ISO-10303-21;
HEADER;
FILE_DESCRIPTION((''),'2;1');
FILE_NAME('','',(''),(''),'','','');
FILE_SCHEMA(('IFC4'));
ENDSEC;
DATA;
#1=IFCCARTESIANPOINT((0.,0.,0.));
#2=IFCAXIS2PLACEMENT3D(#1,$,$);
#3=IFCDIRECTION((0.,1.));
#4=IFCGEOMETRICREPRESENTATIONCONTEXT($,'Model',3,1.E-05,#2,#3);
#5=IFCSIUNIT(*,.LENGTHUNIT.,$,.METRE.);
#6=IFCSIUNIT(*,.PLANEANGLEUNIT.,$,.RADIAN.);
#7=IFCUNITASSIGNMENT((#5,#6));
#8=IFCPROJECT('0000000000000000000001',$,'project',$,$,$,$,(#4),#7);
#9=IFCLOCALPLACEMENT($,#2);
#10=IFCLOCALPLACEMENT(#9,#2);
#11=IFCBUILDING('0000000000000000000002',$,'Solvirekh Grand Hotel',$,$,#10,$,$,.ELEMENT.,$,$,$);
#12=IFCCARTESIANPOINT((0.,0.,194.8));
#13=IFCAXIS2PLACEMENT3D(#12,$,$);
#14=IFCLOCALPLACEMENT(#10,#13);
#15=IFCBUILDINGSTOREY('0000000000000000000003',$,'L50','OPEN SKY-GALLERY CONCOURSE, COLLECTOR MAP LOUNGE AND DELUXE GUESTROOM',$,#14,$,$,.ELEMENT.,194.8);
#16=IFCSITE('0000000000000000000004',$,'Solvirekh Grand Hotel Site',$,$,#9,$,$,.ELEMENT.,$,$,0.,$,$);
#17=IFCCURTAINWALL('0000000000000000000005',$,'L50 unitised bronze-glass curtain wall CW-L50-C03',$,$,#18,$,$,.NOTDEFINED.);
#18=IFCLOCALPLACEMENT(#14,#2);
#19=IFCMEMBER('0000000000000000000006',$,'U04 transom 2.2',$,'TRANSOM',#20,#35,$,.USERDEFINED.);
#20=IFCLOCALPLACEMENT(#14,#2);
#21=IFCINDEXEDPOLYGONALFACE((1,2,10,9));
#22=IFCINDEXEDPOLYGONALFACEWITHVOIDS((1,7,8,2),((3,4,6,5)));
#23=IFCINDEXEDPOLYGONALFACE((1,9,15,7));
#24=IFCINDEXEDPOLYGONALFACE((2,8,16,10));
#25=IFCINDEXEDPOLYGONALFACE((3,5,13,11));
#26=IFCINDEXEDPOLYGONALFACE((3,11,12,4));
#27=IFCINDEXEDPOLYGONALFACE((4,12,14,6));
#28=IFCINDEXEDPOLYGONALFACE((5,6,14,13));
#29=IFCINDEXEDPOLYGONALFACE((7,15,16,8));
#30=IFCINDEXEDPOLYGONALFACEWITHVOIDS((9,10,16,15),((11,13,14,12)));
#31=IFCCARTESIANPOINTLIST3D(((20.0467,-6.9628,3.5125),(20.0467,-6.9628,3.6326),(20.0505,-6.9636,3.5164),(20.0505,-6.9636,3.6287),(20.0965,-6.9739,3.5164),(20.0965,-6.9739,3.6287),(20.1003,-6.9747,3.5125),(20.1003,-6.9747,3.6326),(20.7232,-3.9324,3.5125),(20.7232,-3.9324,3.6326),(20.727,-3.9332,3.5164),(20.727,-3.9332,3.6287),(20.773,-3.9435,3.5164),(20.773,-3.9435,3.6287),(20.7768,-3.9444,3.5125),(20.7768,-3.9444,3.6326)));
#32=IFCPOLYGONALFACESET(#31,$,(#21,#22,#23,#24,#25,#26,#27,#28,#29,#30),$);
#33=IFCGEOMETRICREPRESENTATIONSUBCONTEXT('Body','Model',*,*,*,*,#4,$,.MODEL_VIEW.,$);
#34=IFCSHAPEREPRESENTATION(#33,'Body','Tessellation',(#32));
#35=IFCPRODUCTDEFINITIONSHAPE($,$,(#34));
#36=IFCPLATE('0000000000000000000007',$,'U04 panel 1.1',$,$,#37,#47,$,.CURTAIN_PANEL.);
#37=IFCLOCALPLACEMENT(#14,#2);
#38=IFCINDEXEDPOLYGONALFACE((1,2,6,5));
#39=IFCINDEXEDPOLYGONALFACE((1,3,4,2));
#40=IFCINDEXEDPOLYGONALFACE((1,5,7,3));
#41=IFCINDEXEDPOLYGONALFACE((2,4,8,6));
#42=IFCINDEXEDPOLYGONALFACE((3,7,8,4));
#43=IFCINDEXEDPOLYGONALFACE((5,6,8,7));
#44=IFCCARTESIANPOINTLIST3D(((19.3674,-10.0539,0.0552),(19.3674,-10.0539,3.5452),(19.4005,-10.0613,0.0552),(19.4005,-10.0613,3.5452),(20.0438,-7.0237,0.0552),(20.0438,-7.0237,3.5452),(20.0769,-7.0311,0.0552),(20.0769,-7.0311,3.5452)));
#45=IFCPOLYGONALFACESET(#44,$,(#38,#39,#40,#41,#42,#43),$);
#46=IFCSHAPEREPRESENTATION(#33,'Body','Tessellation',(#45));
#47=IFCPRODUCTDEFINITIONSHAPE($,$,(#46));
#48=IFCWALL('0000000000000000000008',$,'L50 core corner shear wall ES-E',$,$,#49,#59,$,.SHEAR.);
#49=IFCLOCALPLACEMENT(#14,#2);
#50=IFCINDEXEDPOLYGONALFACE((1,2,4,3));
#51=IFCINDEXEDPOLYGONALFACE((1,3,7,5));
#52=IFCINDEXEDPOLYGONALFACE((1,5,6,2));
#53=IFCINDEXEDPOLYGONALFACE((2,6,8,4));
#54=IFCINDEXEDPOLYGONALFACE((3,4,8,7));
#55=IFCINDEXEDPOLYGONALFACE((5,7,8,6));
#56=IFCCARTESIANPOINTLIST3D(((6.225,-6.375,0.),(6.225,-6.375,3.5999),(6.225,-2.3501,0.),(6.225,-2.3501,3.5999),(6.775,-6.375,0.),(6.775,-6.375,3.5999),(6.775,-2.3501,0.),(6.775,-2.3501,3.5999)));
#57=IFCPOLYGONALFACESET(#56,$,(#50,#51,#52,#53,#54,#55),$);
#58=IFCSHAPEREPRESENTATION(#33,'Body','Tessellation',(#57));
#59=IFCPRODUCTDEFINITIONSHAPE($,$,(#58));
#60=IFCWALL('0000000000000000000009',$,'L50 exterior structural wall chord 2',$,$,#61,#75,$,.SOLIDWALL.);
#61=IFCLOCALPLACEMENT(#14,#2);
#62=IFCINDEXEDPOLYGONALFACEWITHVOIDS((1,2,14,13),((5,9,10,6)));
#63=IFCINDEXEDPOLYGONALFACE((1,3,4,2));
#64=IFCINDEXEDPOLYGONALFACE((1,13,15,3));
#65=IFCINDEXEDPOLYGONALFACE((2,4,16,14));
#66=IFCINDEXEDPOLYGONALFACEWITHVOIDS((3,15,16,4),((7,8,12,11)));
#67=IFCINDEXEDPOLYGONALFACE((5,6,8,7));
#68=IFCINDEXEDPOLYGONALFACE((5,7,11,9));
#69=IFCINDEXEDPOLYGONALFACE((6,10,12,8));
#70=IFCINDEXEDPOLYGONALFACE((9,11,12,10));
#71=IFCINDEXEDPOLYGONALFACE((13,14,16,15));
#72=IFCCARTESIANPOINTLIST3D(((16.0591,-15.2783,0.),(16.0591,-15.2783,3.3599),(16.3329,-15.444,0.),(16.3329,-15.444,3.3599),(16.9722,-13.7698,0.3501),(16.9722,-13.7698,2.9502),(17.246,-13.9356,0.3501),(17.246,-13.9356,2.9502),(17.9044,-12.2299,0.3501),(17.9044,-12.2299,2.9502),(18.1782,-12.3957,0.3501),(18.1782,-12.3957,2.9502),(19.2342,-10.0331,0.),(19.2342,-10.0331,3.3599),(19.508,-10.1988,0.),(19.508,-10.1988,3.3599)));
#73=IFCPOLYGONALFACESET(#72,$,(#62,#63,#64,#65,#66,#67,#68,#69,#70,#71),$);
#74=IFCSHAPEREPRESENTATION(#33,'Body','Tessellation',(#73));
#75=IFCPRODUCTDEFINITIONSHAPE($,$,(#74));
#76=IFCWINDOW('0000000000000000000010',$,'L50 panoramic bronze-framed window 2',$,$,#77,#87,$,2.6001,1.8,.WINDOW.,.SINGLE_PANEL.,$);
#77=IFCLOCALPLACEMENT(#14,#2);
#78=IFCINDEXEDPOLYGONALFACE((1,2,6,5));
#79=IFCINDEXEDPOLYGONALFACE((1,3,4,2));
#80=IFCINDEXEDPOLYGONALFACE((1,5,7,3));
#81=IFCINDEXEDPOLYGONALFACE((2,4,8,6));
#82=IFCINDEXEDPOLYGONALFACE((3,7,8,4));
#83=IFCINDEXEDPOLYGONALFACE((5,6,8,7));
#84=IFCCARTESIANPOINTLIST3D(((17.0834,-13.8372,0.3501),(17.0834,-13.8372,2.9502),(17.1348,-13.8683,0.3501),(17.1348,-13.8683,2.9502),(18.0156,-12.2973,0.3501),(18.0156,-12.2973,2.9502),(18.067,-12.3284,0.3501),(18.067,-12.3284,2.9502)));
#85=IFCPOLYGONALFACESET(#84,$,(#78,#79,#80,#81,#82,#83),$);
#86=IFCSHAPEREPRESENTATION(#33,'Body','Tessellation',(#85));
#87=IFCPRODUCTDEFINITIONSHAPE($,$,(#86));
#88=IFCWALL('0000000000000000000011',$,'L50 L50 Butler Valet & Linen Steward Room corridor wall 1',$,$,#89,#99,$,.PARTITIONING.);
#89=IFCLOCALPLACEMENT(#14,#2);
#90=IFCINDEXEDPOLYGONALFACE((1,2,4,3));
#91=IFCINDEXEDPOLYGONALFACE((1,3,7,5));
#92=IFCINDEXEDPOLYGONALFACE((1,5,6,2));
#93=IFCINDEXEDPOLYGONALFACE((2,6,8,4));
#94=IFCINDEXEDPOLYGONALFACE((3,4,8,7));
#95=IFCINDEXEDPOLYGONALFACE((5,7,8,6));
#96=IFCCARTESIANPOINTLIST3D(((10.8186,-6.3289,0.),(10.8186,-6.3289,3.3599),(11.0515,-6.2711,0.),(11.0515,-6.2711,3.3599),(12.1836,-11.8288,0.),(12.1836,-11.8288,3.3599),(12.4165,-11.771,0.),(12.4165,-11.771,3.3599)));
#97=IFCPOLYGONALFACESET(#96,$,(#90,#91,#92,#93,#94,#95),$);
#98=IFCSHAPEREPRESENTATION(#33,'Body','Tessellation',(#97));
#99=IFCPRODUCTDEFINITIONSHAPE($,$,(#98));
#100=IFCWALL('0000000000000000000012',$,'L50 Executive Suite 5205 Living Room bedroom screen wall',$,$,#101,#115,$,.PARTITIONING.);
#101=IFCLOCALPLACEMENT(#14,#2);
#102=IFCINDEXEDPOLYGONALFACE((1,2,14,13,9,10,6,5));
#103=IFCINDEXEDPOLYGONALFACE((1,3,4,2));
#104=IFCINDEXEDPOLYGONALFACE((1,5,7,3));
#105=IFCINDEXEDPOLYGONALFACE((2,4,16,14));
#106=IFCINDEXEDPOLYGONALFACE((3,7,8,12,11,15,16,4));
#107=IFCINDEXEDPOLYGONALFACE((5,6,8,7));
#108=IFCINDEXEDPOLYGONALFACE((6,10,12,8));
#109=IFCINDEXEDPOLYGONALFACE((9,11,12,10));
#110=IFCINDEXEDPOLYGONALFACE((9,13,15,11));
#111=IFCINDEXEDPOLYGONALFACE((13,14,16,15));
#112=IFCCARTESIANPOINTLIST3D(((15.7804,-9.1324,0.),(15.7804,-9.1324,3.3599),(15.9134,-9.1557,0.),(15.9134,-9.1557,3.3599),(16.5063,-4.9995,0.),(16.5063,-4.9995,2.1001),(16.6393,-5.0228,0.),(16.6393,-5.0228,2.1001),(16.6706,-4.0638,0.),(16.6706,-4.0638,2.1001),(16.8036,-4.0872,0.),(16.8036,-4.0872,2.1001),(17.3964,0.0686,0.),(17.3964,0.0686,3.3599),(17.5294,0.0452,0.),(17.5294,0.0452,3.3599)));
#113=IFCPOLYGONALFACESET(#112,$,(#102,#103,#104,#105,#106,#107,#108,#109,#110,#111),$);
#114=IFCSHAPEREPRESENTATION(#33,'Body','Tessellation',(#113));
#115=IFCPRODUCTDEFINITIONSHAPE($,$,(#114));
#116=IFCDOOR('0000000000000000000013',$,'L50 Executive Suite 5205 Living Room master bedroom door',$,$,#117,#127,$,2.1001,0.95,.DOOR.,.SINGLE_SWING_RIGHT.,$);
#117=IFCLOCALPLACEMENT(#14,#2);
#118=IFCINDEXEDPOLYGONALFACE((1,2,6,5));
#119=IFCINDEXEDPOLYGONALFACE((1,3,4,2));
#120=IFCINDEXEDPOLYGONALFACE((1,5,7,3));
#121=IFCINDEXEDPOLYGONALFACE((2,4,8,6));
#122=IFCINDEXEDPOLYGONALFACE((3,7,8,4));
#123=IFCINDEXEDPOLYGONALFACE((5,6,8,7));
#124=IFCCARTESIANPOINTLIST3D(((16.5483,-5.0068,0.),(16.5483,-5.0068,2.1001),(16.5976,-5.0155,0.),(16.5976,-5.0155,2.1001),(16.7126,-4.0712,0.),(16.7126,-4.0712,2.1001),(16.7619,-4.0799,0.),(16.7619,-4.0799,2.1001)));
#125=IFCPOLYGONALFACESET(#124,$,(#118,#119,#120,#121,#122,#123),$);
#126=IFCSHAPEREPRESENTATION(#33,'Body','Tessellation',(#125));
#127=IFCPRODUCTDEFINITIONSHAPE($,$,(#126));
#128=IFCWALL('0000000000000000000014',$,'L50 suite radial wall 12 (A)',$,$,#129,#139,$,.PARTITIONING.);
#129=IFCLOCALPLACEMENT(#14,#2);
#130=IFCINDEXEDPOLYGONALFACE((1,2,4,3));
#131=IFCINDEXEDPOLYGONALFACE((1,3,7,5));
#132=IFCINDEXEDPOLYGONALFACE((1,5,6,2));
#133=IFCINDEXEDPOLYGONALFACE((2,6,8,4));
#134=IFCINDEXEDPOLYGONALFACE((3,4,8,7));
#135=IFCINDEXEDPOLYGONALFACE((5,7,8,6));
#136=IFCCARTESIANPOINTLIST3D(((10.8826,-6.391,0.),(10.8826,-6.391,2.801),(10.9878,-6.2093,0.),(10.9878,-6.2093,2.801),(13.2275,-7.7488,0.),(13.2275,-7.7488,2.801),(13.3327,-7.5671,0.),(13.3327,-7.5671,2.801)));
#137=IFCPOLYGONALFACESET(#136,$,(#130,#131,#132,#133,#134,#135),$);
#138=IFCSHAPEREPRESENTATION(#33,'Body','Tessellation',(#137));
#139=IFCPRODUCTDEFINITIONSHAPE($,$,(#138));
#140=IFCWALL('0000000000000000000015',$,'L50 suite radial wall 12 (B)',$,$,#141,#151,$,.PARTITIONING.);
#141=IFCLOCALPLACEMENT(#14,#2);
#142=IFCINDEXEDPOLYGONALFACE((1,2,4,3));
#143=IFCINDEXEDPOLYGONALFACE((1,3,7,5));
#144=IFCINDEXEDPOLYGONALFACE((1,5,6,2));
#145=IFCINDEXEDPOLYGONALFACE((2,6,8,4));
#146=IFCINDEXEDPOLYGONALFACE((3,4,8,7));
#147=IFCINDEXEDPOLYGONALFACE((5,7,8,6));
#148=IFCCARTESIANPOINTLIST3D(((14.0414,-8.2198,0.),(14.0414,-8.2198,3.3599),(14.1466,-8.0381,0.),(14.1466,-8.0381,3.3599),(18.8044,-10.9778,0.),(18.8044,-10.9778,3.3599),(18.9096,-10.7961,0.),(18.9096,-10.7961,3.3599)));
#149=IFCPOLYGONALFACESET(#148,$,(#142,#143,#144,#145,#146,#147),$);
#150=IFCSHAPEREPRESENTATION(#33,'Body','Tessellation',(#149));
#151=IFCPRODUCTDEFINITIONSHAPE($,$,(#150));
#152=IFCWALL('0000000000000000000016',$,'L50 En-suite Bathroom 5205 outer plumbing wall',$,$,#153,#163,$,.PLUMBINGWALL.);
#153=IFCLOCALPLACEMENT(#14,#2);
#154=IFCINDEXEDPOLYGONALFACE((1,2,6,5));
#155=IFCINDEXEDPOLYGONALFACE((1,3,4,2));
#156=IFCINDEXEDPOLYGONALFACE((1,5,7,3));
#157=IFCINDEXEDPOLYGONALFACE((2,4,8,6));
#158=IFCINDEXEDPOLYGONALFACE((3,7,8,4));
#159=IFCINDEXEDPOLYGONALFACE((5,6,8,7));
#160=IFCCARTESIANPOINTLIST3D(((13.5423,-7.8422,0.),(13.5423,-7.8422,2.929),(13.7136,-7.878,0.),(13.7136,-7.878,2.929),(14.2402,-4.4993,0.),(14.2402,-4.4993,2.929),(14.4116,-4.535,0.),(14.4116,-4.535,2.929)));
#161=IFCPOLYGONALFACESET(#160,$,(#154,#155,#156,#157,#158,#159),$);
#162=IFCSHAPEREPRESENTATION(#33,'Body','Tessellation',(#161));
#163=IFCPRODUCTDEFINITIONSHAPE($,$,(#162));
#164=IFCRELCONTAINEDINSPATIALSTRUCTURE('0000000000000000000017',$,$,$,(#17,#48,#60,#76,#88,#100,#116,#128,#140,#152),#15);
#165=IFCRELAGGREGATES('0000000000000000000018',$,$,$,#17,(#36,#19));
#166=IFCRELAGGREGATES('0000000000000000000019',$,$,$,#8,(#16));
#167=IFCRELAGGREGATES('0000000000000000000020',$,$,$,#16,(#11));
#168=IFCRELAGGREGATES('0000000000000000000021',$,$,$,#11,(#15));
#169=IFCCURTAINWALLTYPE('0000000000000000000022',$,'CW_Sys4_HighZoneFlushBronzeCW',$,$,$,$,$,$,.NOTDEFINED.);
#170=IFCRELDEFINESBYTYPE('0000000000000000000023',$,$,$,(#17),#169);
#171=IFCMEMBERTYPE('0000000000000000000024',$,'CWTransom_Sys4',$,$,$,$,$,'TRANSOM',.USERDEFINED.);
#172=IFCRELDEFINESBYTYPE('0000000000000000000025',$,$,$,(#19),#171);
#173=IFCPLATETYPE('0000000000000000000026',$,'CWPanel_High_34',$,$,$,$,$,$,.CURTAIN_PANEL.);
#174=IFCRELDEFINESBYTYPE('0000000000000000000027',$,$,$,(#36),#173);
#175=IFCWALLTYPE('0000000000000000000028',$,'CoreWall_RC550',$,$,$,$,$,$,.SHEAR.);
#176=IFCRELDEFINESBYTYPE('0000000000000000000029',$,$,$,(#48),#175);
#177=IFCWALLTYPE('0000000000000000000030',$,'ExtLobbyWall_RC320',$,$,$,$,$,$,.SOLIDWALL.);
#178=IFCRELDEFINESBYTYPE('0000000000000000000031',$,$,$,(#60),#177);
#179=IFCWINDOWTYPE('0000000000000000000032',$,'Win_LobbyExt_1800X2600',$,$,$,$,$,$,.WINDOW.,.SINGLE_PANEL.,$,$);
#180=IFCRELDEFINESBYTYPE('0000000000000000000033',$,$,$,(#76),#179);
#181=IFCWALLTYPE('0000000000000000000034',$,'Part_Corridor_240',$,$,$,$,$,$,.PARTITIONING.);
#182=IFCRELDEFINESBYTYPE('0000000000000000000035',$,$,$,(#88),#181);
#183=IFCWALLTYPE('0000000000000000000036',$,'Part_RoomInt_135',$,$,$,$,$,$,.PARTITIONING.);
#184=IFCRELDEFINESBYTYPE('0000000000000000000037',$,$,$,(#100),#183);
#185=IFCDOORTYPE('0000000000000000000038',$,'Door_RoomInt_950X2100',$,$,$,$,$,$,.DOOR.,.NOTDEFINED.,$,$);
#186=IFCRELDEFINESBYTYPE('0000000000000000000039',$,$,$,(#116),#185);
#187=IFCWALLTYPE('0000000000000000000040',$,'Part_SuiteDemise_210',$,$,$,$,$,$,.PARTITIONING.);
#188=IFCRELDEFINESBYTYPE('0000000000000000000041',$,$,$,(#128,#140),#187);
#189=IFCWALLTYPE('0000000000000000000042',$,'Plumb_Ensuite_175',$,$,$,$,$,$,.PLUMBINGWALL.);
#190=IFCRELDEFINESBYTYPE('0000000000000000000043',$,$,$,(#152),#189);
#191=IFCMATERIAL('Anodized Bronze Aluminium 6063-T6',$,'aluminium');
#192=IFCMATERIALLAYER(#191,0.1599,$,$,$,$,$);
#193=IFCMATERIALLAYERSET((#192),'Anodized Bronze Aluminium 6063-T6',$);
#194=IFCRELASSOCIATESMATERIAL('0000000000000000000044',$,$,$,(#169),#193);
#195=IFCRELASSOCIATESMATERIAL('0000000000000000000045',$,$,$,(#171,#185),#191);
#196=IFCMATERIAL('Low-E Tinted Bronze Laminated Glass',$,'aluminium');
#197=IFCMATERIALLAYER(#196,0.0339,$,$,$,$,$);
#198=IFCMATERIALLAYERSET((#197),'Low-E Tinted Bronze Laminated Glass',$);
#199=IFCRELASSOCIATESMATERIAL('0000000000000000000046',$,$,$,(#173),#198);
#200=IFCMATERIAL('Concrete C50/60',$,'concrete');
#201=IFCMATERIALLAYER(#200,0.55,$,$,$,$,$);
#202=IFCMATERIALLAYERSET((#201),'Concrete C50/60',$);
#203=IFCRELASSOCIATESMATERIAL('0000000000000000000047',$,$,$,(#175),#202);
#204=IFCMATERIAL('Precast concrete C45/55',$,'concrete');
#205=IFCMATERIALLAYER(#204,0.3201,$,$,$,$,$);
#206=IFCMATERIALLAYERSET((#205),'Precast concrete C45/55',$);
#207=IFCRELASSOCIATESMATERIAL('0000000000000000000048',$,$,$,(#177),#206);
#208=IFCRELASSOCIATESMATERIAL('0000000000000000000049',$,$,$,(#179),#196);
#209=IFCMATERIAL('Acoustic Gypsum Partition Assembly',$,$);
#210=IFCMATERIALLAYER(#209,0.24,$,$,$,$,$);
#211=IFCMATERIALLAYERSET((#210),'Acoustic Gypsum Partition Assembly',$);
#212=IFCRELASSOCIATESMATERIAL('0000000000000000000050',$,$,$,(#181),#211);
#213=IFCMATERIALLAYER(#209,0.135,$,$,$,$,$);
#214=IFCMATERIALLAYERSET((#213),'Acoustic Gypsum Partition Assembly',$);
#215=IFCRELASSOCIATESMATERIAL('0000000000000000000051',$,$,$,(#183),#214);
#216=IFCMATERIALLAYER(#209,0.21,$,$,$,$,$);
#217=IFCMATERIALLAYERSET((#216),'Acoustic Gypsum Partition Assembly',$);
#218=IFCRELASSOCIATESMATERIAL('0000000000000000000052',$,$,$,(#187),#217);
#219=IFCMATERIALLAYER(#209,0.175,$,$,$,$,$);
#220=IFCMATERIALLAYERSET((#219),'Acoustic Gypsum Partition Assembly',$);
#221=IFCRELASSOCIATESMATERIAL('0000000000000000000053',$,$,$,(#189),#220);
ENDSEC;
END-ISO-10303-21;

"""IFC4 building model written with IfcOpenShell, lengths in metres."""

from ifc_helpers import new_model, si_unit, direction, frame, frame_2d, origin, origin_2d, place, context, subcontext, project, spatial, rectangle, hollow_rectangle, extrude, source, transform, mapped, material, layer, layer_set, material_profile, profile_set, type_object, element, fill, aggregate, save


model = new_model("IFC4")

# Units and contexts
model_context = context("Model", 3, precision=1e-05, world=origin(), true_north=direction((0.0, 1.0)))
body_context = subcontext(model_context, "Body", "Model", "MODEL_VIEW")
ifc_project = project(units=[si_unit("LENGTHUNIT", "METRE"), si_unit("PLANEANGLEUNIT", "RADIAN")], contexts=[model_context])

# Site, building, storey
site_placement = place(None, origin())
site = spatial("IfcSite", under=ifc_project, at=site_placement, Name="Solvirekh Grand Hotel Site", CompositionType="ELEMENT", RefElevation=0.0)
building_placement = place(site_placement, origin())
building = spatial("IfcBuilding", under=site, at=building_placement, Name="Solvirekh Grand Hotel", CompositionType="ELEMENT")
storey_placement = place(building_placement, frame((0.0, 0.0, 194.8)))
storey = spatial("IfcBuildingStorey", under=building, at=storey_placement, Name="L50", Description="OPEN SKY-GALLERY CONCOURSE, COLLECTOR MAP LOUNGE AND DELUXE GUESTROOM", CompositionType="ELEMENT", Elevation=194.8)

# Shared definitions
ifc_material_1 = material(Name="Concrete C50/60", Category="concrete")

# Curtain wall, member, plate
ifc_material_2 = material(Name="Anodized Bronze Aluminium 6063-T6", Category="aluminium")
ifc_layer_1 = layer(ifc_material_2, 0.1599)
ifc_layer_set_1 = layer_set([ifc_layer_1], Name="Anodized Bronze Aluminium 6063-T6")
curtain_wall_type = type_object("IfcCurtainWallType", Name="CW_Sys4_HighZoneFlushBronzeCW", PredefinedType="NOTDEFINED", material=ifc_layer_set_1)
curtain_wall_placement = place(storey_placement, origin())
curtain_wall = element("IfcCurtainWall", 1, at=curtain_wall_placement, inside=storey, type_object=curtain_wall_type, Name="L50 unitised bronze-glass curtain wall CW-L50-C03", PredefinedType="NOTDEFINED")
ifc_material_profile_1 = material_profile(ifc_material_2, hollow_rectangle(XDim=0.0549, YDim=0.1201, WallThickness=0.0039, at=origin_2d()), Name="ALU RHS 120X55X4")
ifc_profile_set_1 = profile_set([ifc_material_profile_1], Name="Anodized Bronze Aluminium 6063-T6")
member_type_1 = type_object("IfcMemberType", Name="CWTransom_Sys4", ElementType="TRANSOM", PredefinedType="USERDEFINED", material=ifc_profile_set_1)
shared_shape_1 = source(origin(), body_context, "Body", "SweptSolid", [
    extrude(hollow_rectangle(XDim=0.0549, YDim=0.1201, WallThickness=0.0039, at=origin_2d()), origin(), (0.0, 0.0, 1.0), 3.105),
])
member_1_placement = place(storey_placement, frame((20.0735, -6.9688, 3.5725), z_axis=(0.217888, 0.975974, 0.0), x_axis=(-0.975974, 0.217888, 0.0)))
member_1 = element("IfcMember", 2, at=member_1_placement, type_object=member_type_1, Name="U04 transom 2.2", ObjectType="TRANSOM", PredefinedType="USERDEFINED", context=body_context, shape_type="MappedRepresentation", body=[
    mapped(shared_shape_1, transform((0.0, 0.0, 0.0), x_axis=(1.0, 0.0, 0.0), y_axis=(0.0, 1.0, 0.0), z_axis=(0.0, 0.0, 1.0), scale=1.0)),
])
ifc_material_3 = material(Name="Low-E Tinted Bronze Laminated Glass", Category="aluminium")
ifc_layer_2 = layer(ifc_material_3, 0.0339)
ifc_layer_set_2 = layer_set([ifc_layer_2], Name="Low-E Tinted Bronze Laminated Glass")
plate_type = type_object("IfcPlateType", Name="CWPanel_High_34", PredefinedType="CURTAIN_PANEL", material=ifc_layer_set_2)
shared_shape_2 = source(origin(), body_context, "Body", "SweptSolid", [
    extrude(rectangle(XDim=3.1047, YDim=0.0339, at=origin_2d()), origin(), (0.0, 0.0, 1.0), 3.49),
])
plate_placement = place(storey_placement, frame((19.7222, -8.5425, 0.0552), z_axis=(0.0, 0.0, 1.0), x_axis=(0.217858, 0.97598, 0.0)))
plate = element("IfcPlate", 3, at=plate_placement, type_object=plate_type, Name="U04 panel 1.1", PredefinedType="CURTAIN_PANEL", context=body_context, shape_type="MappedRepresentation", body=[
    mapped(shared_shape_2, transform((0.0, 0.0, 0.0), x_axis=(1.0, 0.0, 0.0), y_axis=(0.0, 1.0, 0.0), z_axis=(0.0, 0.0, 1.0), scale=1.0)),
])
aggregate(curtain_wall, [plate, member_1])

# Wall
ifc_layer_3 = layer(ifc_material_1, 0.55)
ifc_layer_set_3 = layer_set([ifc_layer_3], Name="Concrete C50/60")
wall_type_1 = type_object("IfcWallType", Name="CoreWall_RC550", PredefinedType="SHEAR", material=ifc_layer_set_3)
wall_1_placement = place(storey_placement, frame((6.5, -6.375, 0.0), z_axis=(0.0, 0.0, 1.0), x_axis=(0.0, 1.0, 0.0)))
element("IfcWall", 4, at=wall_1_placement, inside=storey, type_object=wall_type_1, Name="L50 core corner shear wall ES-E", PredefinedType="SHEAR", context=body_context, shape_type="SweptSolid", body=[
    extrude(rectangle(XDim=4.0249, YDim=0.55, at=frame_2d((2.0125, 0.0))), origin(), (0.0, 0.0, 1.0), 3.5999),
])

# Wall, opening, window
ifc_material_4 = material(Name="Precast concrete C45/55", Category="concrete")
ifc_layer_4 = layer(ifc_material_4, 0.3201)
ifc_layer_set_4 = layer_set([ifc_layer_4], Name="Precast concrete C45/55")
wall_type_2 = type_object("IfcWallType", Name="ExtLobbyWall_RC320", PredefinedType="SOLIDWALL", material=ifc_layer_set_4)
wall_2_placement = place(storey_placement, frame((19.3711, -10.116, 0.0), z_axis=(0.0, 0.0, 1.0), x_axis=(-0.517847, -0.855473, 0.0)))
wall_2 = element("IfcWall", 5, at=wall_2_placement, inside=storey, type_object=wall_type_2, Name="L50 exterior structural wall chord 2", PredefinedType="SOLIDWALL", context=body_context, shape_type="SweptSolid", body=[
    extrude(rectangle(XDim=6.1313, YDim=0.3201, at=frame_2d((3.0657, 0.0))), origin(), (0.0, 0.0, 1.0), 3.3599),
])
opening_1_placement = place(wall_2_placement, frame((2.5681, 0.0, 0.3501)))
opening_1 = element("IfcOpeningElement", 6, at=opening_1_placement, cuts=wall_2, PredefinedType="OPENING", context=body_context, shape_type="SweptSolid", body=[
    extrude(rectangle(XDim=1.8, YDim=2.6001, at=frame_2d((0.8999, 1.3))), frame((0.0, 0.1699, 0.0), z_axis=(0.0, -1.0, 0.0), x_axis=(1.0, 0.0, 0.0)), (0.0, 0.0, 1.0), 0.3401),
])
window_type = type_object("IfcWindowType", Name="Win_LobbyExt_1800X2600", PartitioningType="SINGLE_PANEL", PredefinedType="WINDOW", material=ifc_material_3)
window_placement = place(opening_1_placement, origin())
window = element("IfcWindow", 7, at=window_placement, inside=storey, type_object=window_type, Name="L50 panoramic bronze-framed window 2", OverallHeight=2.6001, OverallWidth=1.8, PartitioningType="SINGLE_PANEL", PredefinedType="WINDOW", context=body_context, shape_type="SweptSolid", body=[
    extrude(rectangle(XDim=1.8, YDim=2.6001, at=frame_2d((0.8999, 1.3))), frame((0.0, 0.03, 0.0), z_axis=(0.0, -1.0, 0.0), x_axis=(1.0, 0.0, 0.0)), (0.0, 0.0, 1.0), 0.0601),
])
fill(opening_1, window)

# Wall
ifc_material_5 = material(Name="Acoustic Gypsum Partition Assembly")
ifc_layer_5 = layer(ifc_material_5, 0.24)
ifc_layer_set_5 = layer_set([ifc_layer_5], Name="Acoustic Gypsum Partition Assembly")
wall_type_3 = type_object("IfcWallType", Name="Part_Corridor_240", PredefinedType="PARTITIONING", material=ifc_layer_set_5)
wall_3_placement = place(storey_placement, frame((12.3, -11.8, 0.0), z_axis=(0.0, 0.0, 1.0), x_axis=(-0.240873, 0.970557, 0.0)))
element("IfcWall", 8, at=wall_3_placement, inside=storey, type_object=wall_type_3, Name="L50 L50 Butler Valet & Linen Steward Room corridor wall 1", PredefinedType="PARTITIONING", context=body_context, shape_type="SweptSolid", body=[
    extrude(rectangle(XDim=5.6667, YDim=0.24, at=frame_2d((2.8335, 0.0))), origin(), (0.0, 0.0, 1.0), 3.3599),
])

# Wall, opening, door
ifc_layer_6 = layer(ifc_material_5, 0.135)
ifc_layer_set_6 = layer_set([ifc_layer_6], Name="Acoustic Gypsum Partition Assembly")
wall_type_4 = type_object("IfcWallType", Name="Part_RoomInt_135", PredefinedType="PARTITIONING", material=ifc_layer_set_6)
wall_4_placement = place(storey_placement, frame((15.8469, -9.144, 0.0), z_axis=(0.0, 0.0, 1.0), x_axis=(0.172983, 0.984925, 0.0)))
wall_4 = element("IfcWall", 9, at=wall_4_placement, inside=storey, type_object=wall_type_4, Name="L50 Executive Suite 5205 Living Room bedroom screen wall", PredefinedType="PARTITIONING", context=body_context, shape_type="SweptSolid", body=[
    extrude(rectangle(XDim=9.3418, YDim=0.135, at=frame_2d((4.6709, 0.0))), origin(), (0.0, 0.0, 1.0), 3.3599),
])
opening_2_placement = place(wall_4_placement, frame((4.196, 0.0, 0.0)))
opening_2 = element("IfcOpeningElement", 10, at=opening_2_placement, cuts=wall_4, PredefinedType="OPENING", context=body_context, shape_type="SweptSolid", body=[
    extrude(rectangle(XDim=0.95, YDim=2.1001, at=frame_2d((0.4751, 1.05))), frame((0.0, 0.0776, 0.0), z_axis=(0.0, -1.0, 0.0), x_axis=(1.0, 0.0, 0.0)), (0.0, 0.0, 1.0), 0.155),
])
door_type = type_object("IfcDoorType", Name="Door_RoomInt_950X2100", OperationType="NOTDEFINED", PredefinedType="DOOR", material=ifc_material_2)
door_placement = place(opening_2_placement, origin())
door = element("IfcDoor", 11, at=door_placement, inside=storey, type_object=door_type, Name="L50 Executive Suite 5205 Living Room master bedroom door", OperationType="SINGLE_SWING_RIGHT", OverallHeight=2.1001, OverallWidth=0.95, PredefinedType="DOOR", context=body_context, shape_type="SweptSolid", body=[
    extrude(rectangle(XDim=0.95, YDim=2.1001, at=frame_2d((0.4751, 1.05))), frame((0.0, 0.0249, 0.0), z_axis=(0.0, -1.0, 0.0), x_axis=(1.0, 0.0, 0.0)), (0.0, 0.0, 1.0), 0.05),
])
fill(opening_2, door)

# Walls
ifc_layer_7 = layer(ifc_material_5, 0.21)
ifc_layer_set_7 = layer_set([ifc_layer_7], Name="Acoustic Gypsum Partition Assembly")
wall_type_5 = type_object("IfcWallType", Name="Part_SuiteDemise_210", PredefinedType="PARTITIONING", material=ifc_layer_set_7)
wall_5_placement = place(storey_placement, frame((10.9351, -6.3, 0.0), z_axis=(0.0, 0.0, 1.0), x_axis=(0.865379, -0.501118, 0.0)))
element("IfcWall", 12, at=wall_5_placement, inside=storey, type_object=wall_type_5, Name="L50 suite radial wall 12 (A)", PredefinedType="PARTITIONING", context=body_context, shape_type="SweptSolid", body=[
    extrude(rectangle(XDim=2.7097, YDim=0.21, at=frame_2d((1.355, 0.0))), origin(), (0.0, 0.0, 1.0), 2.801),
])
wall_6_placement = place(storey_placement, frame((14.094, -8.1289, 0.0), z_axis=(0.0, 0.0, 1.0), x_axis=(0.865382, -0.501113, 0.0)))
element("IfcWall", 13, at=wall_6_placement, inside=storey, type_object=wall_type_5, Name="L50 suite radial wall 12 (B)", PredefinedType="PARTITIONING", context=body_context, shape_type="SweptSolid", body=[
    extrude(rectangle(XDim=5.5039, YDim=0.21, at=frame_2d((2.752, 0.0))), origin(), (0.0, 0.0, 1.0), 3.3599),
])
ifc_layer_8 = layer(ifc_material_5, 0.175)
ifc_layer_set_8 = layer_set([ifc_layer_8], Name="Acoustic Gypsum Partition Assembly")
wall_type_6 = type_object("IfcWallType", Name="Plumb_Ensuite_175", PredefinedType="PLUMBINGWALL", material=ifc_layer_set_8)
wall_7_placement = place(storey_placement, frame((13.6279, -7.8601, 0.0), z_axis=(0.0, 0.0, 1.0), x_axis=(0.204385, 0.978891, 0.0)))
element("IfcWall", 14, at=wall_7_placement, inside=storey, type_object=wall_type_6, Name="L50 En-suite Bathroom 5205 outer plumbing wall", PredefinedType="PLUMBINGWALL", context=body_context, shape_type="SweptSolid", body=[
    extrude(rectangle(XDim=3.415, YDim=0.175, at=frame_2d((1.7075, 0.0))), origin(), (0.0, 0.0, 1.0), 2.929),
])

save(model, "model.ifc")
